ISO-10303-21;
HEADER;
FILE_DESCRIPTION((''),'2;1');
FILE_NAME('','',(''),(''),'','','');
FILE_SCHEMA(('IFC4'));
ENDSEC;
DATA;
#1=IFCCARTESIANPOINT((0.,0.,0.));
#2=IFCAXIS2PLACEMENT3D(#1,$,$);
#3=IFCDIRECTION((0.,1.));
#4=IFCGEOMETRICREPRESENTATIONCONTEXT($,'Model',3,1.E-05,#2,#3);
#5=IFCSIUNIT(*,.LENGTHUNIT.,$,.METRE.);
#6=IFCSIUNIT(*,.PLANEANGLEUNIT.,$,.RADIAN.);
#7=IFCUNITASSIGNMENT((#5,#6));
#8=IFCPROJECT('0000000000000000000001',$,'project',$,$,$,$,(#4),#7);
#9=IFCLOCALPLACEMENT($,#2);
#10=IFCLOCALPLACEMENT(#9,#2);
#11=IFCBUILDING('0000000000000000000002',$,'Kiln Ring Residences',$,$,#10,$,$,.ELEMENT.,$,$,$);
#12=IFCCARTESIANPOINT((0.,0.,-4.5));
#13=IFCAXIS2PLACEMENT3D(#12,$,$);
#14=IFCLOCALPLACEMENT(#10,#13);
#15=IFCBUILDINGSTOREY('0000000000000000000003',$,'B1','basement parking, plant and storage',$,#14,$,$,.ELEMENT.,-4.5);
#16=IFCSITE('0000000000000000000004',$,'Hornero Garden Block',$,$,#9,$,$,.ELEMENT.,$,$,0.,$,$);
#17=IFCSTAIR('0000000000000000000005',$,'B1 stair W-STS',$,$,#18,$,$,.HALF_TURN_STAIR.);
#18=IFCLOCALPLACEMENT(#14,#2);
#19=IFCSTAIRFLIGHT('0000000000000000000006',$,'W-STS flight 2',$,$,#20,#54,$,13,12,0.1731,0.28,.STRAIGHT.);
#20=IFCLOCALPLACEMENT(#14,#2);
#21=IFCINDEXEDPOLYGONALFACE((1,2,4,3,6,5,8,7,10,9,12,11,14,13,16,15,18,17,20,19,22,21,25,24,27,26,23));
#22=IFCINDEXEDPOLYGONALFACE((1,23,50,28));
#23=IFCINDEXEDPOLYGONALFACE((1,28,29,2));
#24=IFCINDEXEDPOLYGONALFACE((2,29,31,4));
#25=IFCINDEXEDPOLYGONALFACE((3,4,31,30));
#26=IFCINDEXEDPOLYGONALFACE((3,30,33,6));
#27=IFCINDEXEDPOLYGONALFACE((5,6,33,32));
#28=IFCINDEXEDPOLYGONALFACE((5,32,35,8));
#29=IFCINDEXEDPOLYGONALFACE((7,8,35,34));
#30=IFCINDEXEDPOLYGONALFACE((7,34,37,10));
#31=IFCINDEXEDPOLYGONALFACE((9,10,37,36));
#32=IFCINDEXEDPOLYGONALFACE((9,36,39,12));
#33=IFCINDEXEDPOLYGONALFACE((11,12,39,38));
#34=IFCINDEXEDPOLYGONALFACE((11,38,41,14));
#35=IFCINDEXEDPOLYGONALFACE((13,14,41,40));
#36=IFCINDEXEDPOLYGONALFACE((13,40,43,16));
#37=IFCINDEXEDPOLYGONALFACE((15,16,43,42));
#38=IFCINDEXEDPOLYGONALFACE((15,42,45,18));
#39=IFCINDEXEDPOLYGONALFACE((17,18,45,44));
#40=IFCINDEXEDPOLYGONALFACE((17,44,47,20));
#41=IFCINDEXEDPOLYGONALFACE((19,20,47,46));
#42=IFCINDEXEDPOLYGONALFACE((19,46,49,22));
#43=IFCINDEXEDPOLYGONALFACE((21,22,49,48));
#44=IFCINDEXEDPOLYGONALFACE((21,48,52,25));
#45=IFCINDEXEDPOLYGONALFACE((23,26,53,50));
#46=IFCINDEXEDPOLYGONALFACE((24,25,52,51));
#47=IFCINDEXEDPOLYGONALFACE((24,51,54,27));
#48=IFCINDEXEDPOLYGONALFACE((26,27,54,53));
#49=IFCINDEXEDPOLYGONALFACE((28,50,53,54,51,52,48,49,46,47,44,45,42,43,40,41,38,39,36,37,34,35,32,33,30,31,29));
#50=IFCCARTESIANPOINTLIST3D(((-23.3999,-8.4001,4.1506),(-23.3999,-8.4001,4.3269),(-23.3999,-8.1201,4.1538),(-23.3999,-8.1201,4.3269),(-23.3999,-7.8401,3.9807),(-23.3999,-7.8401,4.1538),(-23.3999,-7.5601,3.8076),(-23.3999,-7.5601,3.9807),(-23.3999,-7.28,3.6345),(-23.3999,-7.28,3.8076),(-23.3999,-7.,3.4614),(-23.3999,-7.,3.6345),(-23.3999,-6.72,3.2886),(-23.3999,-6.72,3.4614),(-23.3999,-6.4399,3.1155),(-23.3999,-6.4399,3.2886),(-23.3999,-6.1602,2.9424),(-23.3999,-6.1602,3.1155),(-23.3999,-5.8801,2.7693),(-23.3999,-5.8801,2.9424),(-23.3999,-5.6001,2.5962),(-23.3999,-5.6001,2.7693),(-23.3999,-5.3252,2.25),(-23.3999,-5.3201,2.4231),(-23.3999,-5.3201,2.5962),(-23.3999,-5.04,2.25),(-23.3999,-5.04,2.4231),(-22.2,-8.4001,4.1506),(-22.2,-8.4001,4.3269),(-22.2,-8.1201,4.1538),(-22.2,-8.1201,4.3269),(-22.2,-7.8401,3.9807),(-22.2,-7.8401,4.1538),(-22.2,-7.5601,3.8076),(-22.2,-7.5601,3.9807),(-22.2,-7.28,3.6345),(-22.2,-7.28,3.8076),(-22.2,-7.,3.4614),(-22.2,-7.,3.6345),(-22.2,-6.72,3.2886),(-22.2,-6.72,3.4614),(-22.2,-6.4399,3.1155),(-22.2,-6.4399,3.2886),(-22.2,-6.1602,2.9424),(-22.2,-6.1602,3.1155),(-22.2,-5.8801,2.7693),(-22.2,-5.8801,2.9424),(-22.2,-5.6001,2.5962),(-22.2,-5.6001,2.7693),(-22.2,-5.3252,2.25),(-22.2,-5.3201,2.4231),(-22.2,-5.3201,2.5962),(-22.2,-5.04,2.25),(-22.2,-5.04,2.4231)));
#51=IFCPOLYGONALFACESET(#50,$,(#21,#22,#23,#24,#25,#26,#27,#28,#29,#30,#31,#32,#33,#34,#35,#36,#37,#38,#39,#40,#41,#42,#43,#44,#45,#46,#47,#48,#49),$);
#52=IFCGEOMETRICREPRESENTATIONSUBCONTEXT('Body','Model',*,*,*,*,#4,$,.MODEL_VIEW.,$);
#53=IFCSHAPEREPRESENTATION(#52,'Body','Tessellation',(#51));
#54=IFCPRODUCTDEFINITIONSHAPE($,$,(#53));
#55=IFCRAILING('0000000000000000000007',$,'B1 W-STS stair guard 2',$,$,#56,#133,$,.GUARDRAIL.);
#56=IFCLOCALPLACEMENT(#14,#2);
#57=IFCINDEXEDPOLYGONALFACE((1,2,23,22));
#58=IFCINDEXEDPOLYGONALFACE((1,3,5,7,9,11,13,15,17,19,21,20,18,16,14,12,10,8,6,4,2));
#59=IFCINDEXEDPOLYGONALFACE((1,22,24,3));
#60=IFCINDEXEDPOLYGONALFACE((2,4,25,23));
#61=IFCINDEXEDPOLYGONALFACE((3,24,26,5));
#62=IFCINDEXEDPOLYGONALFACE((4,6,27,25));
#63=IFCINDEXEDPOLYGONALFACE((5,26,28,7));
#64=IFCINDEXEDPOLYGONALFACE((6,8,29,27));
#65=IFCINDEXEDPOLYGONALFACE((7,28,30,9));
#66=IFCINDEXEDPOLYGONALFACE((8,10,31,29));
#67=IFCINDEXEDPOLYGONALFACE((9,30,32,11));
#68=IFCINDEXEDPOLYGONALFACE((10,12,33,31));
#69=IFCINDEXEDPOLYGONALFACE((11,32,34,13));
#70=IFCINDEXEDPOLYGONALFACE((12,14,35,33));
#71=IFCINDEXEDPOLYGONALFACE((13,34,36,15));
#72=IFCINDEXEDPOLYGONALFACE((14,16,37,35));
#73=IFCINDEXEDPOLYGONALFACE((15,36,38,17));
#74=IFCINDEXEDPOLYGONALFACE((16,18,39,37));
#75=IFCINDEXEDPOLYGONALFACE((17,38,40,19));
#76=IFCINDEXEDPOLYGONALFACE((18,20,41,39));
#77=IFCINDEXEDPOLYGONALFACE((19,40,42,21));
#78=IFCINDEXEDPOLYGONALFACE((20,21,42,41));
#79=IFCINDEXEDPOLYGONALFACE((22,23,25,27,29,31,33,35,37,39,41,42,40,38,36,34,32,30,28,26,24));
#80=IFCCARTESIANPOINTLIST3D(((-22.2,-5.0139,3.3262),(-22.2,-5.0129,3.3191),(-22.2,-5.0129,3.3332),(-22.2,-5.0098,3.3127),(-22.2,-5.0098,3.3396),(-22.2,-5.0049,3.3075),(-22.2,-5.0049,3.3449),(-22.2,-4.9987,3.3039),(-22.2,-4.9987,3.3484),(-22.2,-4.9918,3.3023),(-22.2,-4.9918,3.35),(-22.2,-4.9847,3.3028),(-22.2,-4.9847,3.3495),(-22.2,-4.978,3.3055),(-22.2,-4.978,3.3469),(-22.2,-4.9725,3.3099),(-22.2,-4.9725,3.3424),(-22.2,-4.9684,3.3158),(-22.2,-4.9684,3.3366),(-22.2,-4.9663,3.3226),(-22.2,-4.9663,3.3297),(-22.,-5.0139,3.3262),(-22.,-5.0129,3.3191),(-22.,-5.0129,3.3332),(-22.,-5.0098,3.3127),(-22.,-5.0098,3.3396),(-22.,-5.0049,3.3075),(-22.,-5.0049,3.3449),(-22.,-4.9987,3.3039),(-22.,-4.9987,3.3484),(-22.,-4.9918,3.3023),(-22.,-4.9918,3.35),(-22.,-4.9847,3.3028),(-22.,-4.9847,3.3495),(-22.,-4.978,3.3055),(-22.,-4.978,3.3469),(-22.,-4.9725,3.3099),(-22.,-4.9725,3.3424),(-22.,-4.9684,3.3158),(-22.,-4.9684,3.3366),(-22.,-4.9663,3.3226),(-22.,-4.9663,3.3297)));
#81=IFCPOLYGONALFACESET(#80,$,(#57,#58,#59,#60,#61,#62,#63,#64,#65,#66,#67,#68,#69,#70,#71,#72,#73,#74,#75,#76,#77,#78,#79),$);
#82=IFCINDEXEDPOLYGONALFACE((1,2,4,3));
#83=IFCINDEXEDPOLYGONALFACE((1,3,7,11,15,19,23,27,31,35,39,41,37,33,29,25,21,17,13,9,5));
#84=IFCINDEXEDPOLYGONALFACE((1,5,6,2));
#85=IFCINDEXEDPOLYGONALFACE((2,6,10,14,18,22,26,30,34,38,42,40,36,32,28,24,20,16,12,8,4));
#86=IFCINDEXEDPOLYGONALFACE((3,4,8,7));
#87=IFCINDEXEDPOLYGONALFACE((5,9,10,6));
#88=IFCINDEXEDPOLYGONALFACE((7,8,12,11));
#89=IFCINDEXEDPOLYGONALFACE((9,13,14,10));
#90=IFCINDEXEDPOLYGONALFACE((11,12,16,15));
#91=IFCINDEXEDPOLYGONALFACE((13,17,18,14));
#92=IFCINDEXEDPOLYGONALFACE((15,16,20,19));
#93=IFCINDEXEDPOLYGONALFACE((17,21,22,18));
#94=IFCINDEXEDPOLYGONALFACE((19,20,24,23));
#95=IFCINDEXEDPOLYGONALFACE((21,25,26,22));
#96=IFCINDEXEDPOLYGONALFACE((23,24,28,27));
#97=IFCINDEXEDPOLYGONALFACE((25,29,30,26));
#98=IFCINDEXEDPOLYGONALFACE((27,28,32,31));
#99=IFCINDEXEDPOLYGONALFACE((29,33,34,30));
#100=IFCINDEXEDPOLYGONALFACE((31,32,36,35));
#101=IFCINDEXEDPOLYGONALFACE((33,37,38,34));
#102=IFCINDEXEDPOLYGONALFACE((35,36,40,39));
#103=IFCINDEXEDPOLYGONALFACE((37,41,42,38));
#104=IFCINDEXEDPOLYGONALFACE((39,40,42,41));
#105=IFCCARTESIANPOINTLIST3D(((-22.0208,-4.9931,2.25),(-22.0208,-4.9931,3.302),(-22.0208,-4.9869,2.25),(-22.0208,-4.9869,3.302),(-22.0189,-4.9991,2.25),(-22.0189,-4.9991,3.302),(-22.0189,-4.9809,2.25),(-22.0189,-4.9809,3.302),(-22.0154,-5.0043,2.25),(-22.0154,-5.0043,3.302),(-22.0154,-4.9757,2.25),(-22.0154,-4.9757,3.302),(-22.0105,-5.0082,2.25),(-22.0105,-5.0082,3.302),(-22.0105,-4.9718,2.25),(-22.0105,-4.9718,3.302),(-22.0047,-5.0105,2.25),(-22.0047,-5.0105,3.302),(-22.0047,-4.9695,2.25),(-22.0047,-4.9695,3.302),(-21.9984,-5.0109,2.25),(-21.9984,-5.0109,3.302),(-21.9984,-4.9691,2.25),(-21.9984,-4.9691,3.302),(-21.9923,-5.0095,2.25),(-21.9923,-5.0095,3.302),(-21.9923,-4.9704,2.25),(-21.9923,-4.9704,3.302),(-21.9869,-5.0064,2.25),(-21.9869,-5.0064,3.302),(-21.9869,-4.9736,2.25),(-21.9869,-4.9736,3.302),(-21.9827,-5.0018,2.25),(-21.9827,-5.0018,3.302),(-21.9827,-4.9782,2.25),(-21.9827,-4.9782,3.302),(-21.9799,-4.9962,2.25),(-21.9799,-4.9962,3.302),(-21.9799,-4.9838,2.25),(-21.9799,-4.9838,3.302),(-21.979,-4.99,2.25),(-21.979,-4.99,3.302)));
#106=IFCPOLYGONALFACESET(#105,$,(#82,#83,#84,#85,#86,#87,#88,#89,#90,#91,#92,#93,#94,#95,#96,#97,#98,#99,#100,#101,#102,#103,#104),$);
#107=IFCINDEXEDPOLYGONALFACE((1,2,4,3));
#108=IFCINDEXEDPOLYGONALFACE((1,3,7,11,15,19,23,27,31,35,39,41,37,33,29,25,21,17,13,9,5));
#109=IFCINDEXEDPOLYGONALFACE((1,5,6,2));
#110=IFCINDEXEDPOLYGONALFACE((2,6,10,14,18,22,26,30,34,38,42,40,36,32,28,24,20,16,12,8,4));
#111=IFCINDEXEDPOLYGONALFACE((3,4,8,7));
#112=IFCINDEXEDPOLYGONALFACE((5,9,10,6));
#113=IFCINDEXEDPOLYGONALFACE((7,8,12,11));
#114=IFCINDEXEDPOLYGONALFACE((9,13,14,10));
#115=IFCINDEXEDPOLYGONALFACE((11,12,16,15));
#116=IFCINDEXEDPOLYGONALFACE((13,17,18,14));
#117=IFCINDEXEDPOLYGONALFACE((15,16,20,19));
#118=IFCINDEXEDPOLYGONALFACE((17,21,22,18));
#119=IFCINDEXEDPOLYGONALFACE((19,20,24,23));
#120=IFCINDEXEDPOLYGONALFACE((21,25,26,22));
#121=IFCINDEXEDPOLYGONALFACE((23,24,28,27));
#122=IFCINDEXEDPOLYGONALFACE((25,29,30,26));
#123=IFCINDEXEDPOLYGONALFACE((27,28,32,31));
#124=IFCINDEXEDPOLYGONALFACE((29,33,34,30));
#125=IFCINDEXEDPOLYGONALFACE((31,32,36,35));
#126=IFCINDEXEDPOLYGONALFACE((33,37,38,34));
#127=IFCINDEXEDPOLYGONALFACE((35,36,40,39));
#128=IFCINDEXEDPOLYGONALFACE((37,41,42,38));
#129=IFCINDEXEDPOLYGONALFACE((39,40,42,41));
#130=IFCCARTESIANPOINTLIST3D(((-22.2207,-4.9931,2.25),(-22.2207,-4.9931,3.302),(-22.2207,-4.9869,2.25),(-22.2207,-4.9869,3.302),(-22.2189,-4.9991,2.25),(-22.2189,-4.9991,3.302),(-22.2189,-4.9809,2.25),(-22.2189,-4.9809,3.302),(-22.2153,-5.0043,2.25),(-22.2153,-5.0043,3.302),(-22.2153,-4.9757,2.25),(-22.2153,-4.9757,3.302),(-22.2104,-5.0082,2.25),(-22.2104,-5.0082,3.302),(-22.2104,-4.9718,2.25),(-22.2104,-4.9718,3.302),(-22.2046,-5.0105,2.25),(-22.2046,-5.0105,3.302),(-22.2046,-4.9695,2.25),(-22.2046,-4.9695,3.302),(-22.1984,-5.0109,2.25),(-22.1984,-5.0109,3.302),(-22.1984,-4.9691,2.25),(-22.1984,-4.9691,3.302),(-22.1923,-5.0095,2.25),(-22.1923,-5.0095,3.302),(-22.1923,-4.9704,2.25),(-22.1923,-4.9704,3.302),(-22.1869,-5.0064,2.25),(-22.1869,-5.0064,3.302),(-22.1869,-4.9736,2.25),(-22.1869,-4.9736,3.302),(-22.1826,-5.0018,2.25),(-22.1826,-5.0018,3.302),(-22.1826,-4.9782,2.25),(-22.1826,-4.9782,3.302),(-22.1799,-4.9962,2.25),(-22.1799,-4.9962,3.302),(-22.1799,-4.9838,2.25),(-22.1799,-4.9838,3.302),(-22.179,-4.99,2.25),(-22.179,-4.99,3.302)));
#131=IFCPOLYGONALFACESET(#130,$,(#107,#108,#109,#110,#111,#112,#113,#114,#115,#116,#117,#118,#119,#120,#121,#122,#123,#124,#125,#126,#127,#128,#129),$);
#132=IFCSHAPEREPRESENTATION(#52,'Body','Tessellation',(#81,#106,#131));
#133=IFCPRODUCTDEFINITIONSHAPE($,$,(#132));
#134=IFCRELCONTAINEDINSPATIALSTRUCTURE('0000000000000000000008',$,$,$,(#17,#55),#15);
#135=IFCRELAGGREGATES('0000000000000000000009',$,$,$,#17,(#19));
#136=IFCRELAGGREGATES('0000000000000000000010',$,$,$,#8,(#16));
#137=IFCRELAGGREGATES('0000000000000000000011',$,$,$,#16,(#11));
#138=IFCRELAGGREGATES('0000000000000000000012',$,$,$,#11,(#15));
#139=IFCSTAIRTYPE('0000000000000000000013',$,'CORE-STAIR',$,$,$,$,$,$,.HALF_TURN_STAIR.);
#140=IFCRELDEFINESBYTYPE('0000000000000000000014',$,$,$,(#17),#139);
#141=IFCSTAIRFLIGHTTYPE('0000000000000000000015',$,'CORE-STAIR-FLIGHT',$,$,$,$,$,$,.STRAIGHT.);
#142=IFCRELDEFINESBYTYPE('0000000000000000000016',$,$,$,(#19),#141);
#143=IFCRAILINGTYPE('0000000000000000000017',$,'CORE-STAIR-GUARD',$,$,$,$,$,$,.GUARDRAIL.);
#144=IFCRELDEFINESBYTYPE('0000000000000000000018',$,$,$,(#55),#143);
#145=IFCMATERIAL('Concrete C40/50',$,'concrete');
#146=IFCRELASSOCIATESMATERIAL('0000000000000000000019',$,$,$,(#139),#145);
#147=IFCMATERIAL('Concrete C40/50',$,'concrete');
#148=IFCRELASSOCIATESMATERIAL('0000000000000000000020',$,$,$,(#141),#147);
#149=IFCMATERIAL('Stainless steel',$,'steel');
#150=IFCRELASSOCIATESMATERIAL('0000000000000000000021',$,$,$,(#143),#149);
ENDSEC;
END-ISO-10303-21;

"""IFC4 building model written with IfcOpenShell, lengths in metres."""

from ifc_helpers import new_model, si_unit, direction, frame, origin, origin_2d, place, context, subcontext, project, spatial, polyline, circle, outline, extrude, material, type_object, element, aggregate, save


model = new_model("IFC4")

# Units and contexts
model_context = context("Model", 3, precision=1e-05, world=origin(), true_north=direction((0.0, 1.0)))
body_context = subcontext(model_context, "Body", "Model", "MODEL_VIEW")
ifc_project = project(units=[si_unit("LENGTHUNIT", "METRE"), si_unit("PLANEANGLEUNIT", "RADIAN")], contexts=[model_context])

# Site, building, storey
site_placement = place(None, origin())
site = spatial("IfcSite", under=ifc_project, at=site_placement, Name="Hornero Garden Block", CompositionType="ELEMENT", RefElevation=0.0)
building_placement = place(site_placement, origin())
building = spatial("IfcBuilding", under=site, at=building_placement, Name="Kiln Ring Residences", CompositionType="ELEMENT")
storey_placement = place(building_placement, frame((0.0, 0.0, -4.5)))
storey = spatial("IfcBuildingStorey", under=building, at=storey_placement, Name="B1", Description="basement parking, plant and storage", CompositionType="ELEMENT", Elevation=-4.5)

# Stair, stair flight
ifc_material_1 = material(Name="Concrete C40/50", Category="concrete")
stair_type = type_object("IfcStairType", Name="CORE-STAIR", PredefinedType="HALF_TURN_STAIR", material=ifc_material_1)
stair_placement = place(storey_placement, origin())
stair = element("IfcStair", 1, at=stair_placement, inside=storey, type_object=stair_type, Name="B1 stair W-STS", PredefinedType="HALF_TURN_STAIR")
ifc_material_2 = material(Name="Concrete C40/50", Category="concrete")
stair_flight_type = type_object("IfcStairFlightType", Name="CORE-STAIR-FLIGHT", PredefinedType="STRAIGHT", material=ifc_material_2)
stair_flight_placement = place(storey_placement, frame((-22.8, -5.04, 2.25), z_axis=(0.0, 0.0, 1.0), x_axis=(0.0, -1.0, 0.0)))
stair_flight = element("IfcStairFlight", 2, at=stair_flight_placement, type_object=stair_flight_type, Name="W-STS flight 2", NumberOfRisers=13, NumberOfTreads=12, PredefinedType="STRAIGHT", RiserHeight=0.1731, TreadLength=0.28, context=body_context, shape_type="SweptSolid", body=[
    extrude(outline(polyline([(0.0, 0.0), (0.0, 0.1731), (0.28, 0.1731), (0.28, 0.3462), (0.5601, 0.3462), (0.5601, 0.5193), (0.8401, 0.5193), (0.8401, 0.6924), (1.1201, 0.6924), (1.1201, 0.8655), (1.3999, 0.8655), (1.3999, 1.0386), (1.6799, 1.0386), (1.6799, 1.2114), (1.96, 1.2114), (1.96, 1.3845), (2.24, 1.3845), (2.24, 1.5576), (2.52, 1.5576), (2.52, 1.7307), (2.8, 1.7307), (2.8, 1.9038), (3.0801, 1.9038), (3.0801, 2.0769), (3.3601, 2.0769), (3.3601, 2.25), (3.3601, 1.9006), (0.2852, 0.0), (0.0, 0.0)])), frame((0.0, 0.6001, 0.0), z_axis=(0.0, -1.0, 0.0), x_axis=(1.0, 0.0, 0.0)), (0.0, 0.0, 1.0), 1.2),
])
aggregate(stair, [stair_flight])

# Railing
ifc_material_3 = material(Name="Stainless steel", Category="steel")
railing_type_1 = type_object("IfcRailingType", Name="CORE-STAIR-GUARD", PredefinedType="GUARDRAIL", material=ifc_material_3)
railing_1_placement = place(storey_placement, frame((-22.0, -4.99, 2.25)))
element("IfcRailing", 3, at=railing_1_placement, inside=storey, type_object=railing_type_1, Name="B1 W-STS stair guard 2", PredefinedType="GUARDRAIL", context=body_context, shape_type="SweptSolid", body=[
    extrude(circle(Radius=0.0239, at=origin_2d()), frame((0.0, 0.0, 1.0762), z_axis=(-1.0, 0.0, 0.0), x_axis=(0.0, -1.0, 0.0)), (0.0, 0.0, 1.0), 0.2),
    extrude(circle(Radius=0.021, at=origin_2d()), origin(), (0.0, 0.0, 1.0), 1.052),
    extrude(circle(Radius=0.021, at=origin_2d()), frame((-0.2, 0.0, 0.0)), (0.0, 0.0, 1.0), 1.052),
])

save(model, "model.ifc")
